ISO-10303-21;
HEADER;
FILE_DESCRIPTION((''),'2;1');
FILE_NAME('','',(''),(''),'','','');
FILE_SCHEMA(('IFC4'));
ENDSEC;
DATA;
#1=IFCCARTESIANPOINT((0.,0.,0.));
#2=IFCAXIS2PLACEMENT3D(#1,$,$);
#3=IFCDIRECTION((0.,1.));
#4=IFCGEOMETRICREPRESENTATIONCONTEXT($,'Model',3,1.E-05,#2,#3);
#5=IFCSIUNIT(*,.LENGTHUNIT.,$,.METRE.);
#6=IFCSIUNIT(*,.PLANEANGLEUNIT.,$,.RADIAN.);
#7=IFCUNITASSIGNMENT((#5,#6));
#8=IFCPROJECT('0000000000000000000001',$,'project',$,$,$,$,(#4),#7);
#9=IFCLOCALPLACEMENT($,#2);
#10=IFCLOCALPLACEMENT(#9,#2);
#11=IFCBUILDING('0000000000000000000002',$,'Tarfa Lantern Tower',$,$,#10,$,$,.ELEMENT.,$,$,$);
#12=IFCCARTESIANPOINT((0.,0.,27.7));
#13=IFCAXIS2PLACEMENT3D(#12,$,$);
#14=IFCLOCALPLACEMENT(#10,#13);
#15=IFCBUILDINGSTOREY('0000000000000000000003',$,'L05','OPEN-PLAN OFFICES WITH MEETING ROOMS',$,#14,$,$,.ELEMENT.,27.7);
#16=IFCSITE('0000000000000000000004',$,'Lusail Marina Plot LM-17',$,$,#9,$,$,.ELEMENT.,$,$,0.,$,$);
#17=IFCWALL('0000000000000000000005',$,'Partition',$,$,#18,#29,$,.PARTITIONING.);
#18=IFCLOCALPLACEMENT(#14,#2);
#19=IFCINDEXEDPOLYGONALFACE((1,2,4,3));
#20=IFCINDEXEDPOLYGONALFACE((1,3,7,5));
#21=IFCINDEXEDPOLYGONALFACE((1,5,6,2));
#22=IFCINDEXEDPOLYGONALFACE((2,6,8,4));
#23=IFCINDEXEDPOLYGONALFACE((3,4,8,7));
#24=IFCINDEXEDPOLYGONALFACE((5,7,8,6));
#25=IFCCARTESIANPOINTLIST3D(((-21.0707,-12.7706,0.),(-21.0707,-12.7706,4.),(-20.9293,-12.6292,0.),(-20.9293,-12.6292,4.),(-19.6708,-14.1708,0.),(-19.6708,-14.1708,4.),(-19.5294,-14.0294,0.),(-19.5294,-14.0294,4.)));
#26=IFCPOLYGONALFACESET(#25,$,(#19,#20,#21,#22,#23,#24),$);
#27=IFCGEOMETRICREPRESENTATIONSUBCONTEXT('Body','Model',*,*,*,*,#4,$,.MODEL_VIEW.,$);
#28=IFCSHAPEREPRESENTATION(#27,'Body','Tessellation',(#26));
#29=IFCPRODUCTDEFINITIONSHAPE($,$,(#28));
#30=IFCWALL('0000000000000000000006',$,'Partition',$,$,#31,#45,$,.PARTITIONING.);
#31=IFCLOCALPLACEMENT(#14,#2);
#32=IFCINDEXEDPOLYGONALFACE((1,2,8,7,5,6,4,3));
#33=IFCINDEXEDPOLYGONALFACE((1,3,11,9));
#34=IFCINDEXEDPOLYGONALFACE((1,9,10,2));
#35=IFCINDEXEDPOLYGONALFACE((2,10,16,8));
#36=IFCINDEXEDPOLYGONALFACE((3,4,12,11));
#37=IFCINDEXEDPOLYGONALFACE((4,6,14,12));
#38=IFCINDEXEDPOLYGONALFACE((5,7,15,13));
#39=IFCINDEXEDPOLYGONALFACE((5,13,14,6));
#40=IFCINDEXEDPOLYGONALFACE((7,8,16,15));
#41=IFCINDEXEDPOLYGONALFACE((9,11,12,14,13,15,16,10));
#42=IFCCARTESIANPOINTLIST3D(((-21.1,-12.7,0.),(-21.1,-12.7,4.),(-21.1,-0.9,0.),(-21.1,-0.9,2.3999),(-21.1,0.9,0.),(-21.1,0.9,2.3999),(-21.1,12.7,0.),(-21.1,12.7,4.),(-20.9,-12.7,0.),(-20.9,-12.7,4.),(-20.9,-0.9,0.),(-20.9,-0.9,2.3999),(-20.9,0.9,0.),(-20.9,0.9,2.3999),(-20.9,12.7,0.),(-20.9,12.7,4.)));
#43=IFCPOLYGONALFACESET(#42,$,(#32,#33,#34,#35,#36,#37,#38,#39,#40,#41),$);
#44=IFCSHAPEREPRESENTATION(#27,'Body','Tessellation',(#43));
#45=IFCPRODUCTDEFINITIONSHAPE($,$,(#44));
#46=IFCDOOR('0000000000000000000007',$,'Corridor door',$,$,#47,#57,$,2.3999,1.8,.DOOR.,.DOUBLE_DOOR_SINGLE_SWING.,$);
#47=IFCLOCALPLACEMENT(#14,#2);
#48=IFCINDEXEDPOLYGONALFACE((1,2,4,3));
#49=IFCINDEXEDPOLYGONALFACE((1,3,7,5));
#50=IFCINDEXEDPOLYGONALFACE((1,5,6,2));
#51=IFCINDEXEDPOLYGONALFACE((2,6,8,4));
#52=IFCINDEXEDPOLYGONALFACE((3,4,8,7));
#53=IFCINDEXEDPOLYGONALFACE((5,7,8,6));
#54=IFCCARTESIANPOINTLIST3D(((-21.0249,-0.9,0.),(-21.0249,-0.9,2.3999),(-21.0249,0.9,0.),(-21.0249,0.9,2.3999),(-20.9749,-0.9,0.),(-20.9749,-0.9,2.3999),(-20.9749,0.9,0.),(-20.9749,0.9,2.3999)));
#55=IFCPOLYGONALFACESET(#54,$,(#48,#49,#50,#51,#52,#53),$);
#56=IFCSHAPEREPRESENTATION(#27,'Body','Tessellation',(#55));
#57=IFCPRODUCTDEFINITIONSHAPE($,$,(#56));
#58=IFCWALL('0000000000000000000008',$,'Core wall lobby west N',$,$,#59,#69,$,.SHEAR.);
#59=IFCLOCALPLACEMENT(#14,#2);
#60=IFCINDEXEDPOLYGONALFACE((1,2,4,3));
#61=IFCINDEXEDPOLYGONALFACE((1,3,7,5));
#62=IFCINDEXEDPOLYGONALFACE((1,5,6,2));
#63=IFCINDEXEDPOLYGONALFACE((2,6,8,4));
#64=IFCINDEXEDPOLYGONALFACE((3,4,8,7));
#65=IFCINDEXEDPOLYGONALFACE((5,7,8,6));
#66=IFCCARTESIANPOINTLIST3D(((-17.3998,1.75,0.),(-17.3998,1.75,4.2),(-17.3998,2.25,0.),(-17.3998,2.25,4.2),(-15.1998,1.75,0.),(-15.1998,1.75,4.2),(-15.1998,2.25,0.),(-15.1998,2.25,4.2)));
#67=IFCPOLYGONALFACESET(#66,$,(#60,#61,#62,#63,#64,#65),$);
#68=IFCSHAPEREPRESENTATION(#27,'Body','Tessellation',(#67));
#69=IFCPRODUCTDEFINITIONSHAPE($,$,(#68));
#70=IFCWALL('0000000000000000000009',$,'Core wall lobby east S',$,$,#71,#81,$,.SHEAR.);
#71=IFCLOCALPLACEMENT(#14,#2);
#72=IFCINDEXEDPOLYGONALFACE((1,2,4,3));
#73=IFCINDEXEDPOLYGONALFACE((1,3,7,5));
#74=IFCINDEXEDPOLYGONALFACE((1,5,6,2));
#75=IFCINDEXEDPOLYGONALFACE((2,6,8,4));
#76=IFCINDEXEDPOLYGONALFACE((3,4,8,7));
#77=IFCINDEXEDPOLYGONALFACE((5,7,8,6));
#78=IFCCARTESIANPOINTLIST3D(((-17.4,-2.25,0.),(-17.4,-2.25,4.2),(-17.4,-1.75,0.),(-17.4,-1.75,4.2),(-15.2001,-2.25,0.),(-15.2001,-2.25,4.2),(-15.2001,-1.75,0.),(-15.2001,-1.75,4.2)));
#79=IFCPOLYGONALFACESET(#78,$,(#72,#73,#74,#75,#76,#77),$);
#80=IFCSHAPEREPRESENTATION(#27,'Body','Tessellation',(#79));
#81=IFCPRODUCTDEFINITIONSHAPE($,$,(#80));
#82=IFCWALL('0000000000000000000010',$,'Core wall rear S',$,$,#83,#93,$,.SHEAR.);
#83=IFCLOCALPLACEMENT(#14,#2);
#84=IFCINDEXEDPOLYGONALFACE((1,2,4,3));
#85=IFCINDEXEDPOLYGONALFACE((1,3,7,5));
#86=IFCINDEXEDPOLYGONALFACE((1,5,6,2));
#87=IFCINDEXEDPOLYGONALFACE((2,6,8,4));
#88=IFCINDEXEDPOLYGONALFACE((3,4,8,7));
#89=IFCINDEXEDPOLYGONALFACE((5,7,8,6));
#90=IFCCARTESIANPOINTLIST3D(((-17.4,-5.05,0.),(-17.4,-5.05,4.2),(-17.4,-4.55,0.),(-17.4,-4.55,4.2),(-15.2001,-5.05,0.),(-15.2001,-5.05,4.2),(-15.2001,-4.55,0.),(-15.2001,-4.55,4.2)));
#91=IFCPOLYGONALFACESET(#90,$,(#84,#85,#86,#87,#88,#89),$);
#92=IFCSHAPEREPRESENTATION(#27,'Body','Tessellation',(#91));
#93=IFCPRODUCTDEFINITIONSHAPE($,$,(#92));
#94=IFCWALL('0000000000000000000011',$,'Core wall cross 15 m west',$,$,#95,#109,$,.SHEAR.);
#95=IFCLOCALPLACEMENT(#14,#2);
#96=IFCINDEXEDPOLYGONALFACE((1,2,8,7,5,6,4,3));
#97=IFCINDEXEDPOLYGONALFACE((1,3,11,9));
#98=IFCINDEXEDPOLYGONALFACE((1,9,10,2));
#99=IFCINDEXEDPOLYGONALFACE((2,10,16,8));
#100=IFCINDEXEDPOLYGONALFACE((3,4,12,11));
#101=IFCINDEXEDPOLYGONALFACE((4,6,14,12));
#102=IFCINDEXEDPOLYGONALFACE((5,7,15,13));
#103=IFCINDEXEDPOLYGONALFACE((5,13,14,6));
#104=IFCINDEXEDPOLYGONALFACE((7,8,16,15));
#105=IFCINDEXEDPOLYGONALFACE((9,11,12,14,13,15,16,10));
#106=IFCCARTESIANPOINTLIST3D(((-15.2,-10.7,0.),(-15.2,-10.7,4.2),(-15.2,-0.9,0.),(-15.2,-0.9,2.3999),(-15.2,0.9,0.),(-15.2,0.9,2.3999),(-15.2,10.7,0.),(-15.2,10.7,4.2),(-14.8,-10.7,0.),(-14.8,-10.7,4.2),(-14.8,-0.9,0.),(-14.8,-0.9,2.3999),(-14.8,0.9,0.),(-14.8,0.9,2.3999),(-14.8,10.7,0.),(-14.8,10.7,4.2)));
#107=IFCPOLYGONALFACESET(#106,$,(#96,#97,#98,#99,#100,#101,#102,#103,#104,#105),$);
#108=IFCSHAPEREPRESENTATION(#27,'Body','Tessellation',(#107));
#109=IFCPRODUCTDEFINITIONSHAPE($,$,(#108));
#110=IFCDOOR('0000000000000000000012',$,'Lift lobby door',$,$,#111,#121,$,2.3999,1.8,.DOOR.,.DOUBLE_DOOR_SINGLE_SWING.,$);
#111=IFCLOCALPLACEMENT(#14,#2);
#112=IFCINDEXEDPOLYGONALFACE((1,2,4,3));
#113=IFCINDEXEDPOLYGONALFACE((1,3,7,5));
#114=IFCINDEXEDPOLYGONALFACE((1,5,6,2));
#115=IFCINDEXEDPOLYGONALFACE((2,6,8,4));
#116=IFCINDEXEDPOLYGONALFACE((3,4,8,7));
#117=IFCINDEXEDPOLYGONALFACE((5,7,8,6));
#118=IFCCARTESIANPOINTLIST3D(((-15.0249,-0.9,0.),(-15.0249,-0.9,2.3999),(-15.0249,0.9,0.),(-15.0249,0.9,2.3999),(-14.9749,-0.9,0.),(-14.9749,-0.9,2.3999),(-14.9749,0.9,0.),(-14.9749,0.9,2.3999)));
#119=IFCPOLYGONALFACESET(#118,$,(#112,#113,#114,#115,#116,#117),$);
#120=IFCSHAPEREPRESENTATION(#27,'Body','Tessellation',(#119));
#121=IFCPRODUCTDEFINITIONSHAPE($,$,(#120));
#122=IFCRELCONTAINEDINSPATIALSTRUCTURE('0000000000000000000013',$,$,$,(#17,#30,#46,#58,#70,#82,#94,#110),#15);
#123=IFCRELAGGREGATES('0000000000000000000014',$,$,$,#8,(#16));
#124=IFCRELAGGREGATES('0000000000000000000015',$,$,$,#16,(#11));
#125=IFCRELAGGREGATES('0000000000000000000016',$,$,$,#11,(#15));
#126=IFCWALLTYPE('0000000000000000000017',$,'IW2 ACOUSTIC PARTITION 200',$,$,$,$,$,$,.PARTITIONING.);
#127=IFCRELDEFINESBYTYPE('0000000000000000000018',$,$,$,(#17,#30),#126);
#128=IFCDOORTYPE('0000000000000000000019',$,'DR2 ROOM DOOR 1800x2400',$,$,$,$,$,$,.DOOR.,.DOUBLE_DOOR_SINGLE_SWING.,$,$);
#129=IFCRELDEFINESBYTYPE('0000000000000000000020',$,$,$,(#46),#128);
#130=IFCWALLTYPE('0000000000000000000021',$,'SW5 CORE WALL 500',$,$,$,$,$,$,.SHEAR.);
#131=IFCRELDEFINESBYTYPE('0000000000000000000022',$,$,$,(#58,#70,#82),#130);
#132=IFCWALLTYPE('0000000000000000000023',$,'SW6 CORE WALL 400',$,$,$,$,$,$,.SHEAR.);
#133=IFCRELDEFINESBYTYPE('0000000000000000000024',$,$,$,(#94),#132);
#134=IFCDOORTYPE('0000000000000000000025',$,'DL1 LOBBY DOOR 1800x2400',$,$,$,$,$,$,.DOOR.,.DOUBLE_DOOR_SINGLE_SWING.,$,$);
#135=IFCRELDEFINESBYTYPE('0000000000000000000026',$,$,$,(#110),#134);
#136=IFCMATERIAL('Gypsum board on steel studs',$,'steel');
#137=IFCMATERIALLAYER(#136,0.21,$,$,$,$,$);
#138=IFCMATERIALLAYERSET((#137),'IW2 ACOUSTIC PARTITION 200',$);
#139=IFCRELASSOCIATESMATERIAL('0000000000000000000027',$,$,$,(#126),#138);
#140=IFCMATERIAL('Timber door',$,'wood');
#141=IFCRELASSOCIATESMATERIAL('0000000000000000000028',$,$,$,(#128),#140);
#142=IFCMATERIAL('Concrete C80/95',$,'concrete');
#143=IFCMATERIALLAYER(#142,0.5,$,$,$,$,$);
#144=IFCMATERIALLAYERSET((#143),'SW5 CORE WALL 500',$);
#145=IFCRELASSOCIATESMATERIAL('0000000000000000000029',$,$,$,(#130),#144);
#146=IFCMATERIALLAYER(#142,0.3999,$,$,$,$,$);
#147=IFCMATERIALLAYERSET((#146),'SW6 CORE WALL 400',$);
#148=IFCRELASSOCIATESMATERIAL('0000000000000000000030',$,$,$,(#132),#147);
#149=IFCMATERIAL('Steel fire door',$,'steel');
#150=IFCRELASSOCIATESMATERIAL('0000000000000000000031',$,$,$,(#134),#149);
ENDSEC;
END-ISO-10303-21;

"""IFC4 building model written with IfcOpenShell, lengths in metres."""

from ifc_helpers import new_model, si_unit, direction, frame, frame_2d, origin, place, context, subcontext, project, spatial, rectangle, extrude, material, layer, layer_set, type_object, element, fill, save


model = new_model("IFC4")

# Units and contexts
model_context = context("Model", 3, precision=1e-05, world=origin(), true_north=direction((0.0, 1.0)))
body_context = subcontext(model_context, "Body", "Model", "MODEL_VIEW")
ifc_project = project(units=[si_unit("LENGTHUNIT", "METRE"), si_unit("PLANEANGLEUNIT", "RADIAN")], contexts=[model_context])

# Site, building, storey
site_placement = place(None, origin())
site = spatial("IfcSite", under=ifc_project, at=site_placement, Name="Lusail Marina Plot LM-17", CompositionType="ELEMENT", RefElevation=0.0)
building_placement = place(site_placement, origin())
building = spatial("IfcBuilding", under=site, at=building_placement, Name="Tarfa Lantern Tower", CompositionType="ELEMENT")
storey_placement = place(building_placement, frame((0.0, 0.0, 27.7)))
storey = spatial("IfcBuildingStorey", under=building, at=storey_placement, Name="L05", Description="OPEN-PLAN OFFICES WITH MEETING ROOMS", CompositionType="ELEMENT", Elevation=27.7)

# Shared definitions
ifc_material_1 = material(Name="Gypsum board on steel studs", Category="steel")
ifc_layer_1 = layer(ifc_material_1, 0.21)
ifc_layer_set_1 = layer_set([ifc_layer_1], Name="IW2 ACOUSTIC PARTITION 200")
wall_type_1 = type_object("IfcWallType", Name="IW2 ACOUSTIC PARTITION 200", PredefinedType="PARTITIONING", material=ifc_layer_set_1)
ifc_material_2 = material(Name="Timber door", Category="wood")

# Wall
wall_1_placement = place(storey_placement, frame((-19.6001, -14.1001, 0.0), z_axis=(0.0, 0.0, 1.0), x_axis=(-0.707045, 0.707168, 0.0)))
element("IfcWall", 1, at=wall_1_placement, inside=storey, type_object=wall_type_1, Name="Partition", PredefinedType="PARTITIONING", context=body_context, shape_type="SweptSolid", body=[
    extrude(rectangle(XDim=1.98, YDim=0.2, at=frame_2d((0.99, 0.0))), origin(), (0.0, 0.0, 1.0), 4.0),
])

# Wall, opening, door
wall_2_placement = place(storey_placement, frame((-21.0, -12.7, 0.0), z_axis=(0.0, 0.0, 1.0), x_axis=(0.0, 1.0, 0.0)))
wall_2 = element("IfcWall", 2, at=wall_2_placement, inside=storey, type_object=wall_type_1, Name="Partition", PredefinedType="PARTITIONING", context=body_context, shape_type="SweptSolid", body=[
    extrude(rectangle(XDim=25.3999, YDim=0.2, at=frame_2d((12.7, 0.0))), origin(), (0.0, 0.0, 1.0), 4.0),
])
opening_1_placement = place(wall_2_placement, frame((11.8, 0.0, 0.0)))
opening_1 = element("IfcOpeningElement", 3, at=opening_1_placement, cuts=wall_2, PredefinedType="OPENING", context=body_context, shape_type="SweptSolid", body=[
    extrude(rectangle(XDim=1.8, YDim=2.3999, at=frame_2d((0.8999, 1.2))), frame((0.0, 0.1099, 0.0), z_axis=(0.0, -1.0, 0.0), x_axis=(1.0, 0.0, 0.0)), (0.0, 0.0, 1.0), 0.22),
])
door_type_1 = type_object("IfcDoorType", Name="DR2 ROOM DOOR 1800x2400", OperationType="DOUBLE_DOOR_SINGLE_SWING", PredefinedType="DOOR", material=ifc_material_2)
door_1_placement = place(opening_1_placement, origin())
door_1 = element("IfcDoor", 4, at=door_1_placement, inside=storey, type_object=door_type_1, Name="Corridor door", OperationType="DOUBLE_DOOR_SINGLE_SWING", OverallHeight=2.3999, OverallWidth=1.8, PredefinedType="DOOR", context=body_context, shape_type="SweptSolid", body=[
    extrude(rectangle(XDim=1.8, YDim=2.3999, at=frame_2d((0.8999, 1.2))), frame((0.0, 0.0249, 0.0), z_axis=(0.0, -1.0, 0.0), x_axis=(1.0, 0.0, 0.0)), (0.0, 0.0, 1.0), 0.05),
])
fill(opening_1, door_1)

# Walls
ifc_material_3 = material(Name="Concrete C80/95", Category="concrete")
ifc_layer_2 = layer(ifc_material_3, 0.5)
ifc_layer_set_2 = layer_set([ifc_layer_2], Name="SW5 CORE WALL 500")
wall_type_2 = type_object("IfcWallType", Name="SW5 CORE WALL 500", PredefinedType="SHEAR", material=ifc_layer_set_2)
for number, where, z_axis, x_axis, name in (
    (5, (-17.3999, 2.0, 0.0), (0.0, 0.0, 1.0), (1.0, 0.0, 0.0), "Core wall lobby west N"),
    (6, (-15.2, -2.0, 0.0), (0.0, 0.0, 1.0), (-1.0, 0.0, 0.0), "Core wall lobby east S"),
    (7, (-15.2, -4.8, 0.0), (0.0, 0.0, 1.0), (-1.0, 0.0, 0.0), "Core wall rear S"),
):
    element("IfcWall", number, at=place(storey_placement, frame(where, z_axis=z_axis, x_axis=x_axis)), inside=storey, type_object=wall_type_2, Name=name, PredefinedType="SHEAR", context=body_context, shape_type="SweptSolid", body=[
        extrude(rectangle(XDim=2.2, YDim=0.5, at=frame_2d((1.1001, 0.0))), origin(), (0.0, 0.0, 1.0), 4.2),
    ])

# Wall, opening, door
ifc_layer_3 = layer(ifc_material_3, 0.3999)
ifc_layer_set_3 = layer_set([ifc_layer_3], Name="SW6 CORE WALL 400")
wall_type_3 = type_object("IfcWallType", Name="SW6 CORE WALL 400", PredefinedType="SHEAR", material=ifc_layer_set_3)
wall_3_placement = place(storey_placement, frame((-15.0, -10.7, 0.0), z_axis=(0.0, 0.0, 1.0), x_axis=(0.0, 1.0, 0.0)))
wall_3 = element("IfcWall", 8, at=wall_3_placement, inside=storey, type_object=wall_type_3, Name="Core wall cross 15 m west", PredefinedType="SHEAR", context=body_context, shape_type="SweptSolid", body=[
    extrude(rectangle(XDim=21.3999, YDim=0.3999, at=frame_2d((10.7, 0.0))), origin(), (0.0, 0.0, 1.0), 4.2),
])
opening_2_placement = place(wall_3_placement, frame((9.8, 0.0, 0.0)))
opening_2 = element("IfcOpeningElement", 9, at=opening_2_placement, cuts=wall_3, PredefinedType="OPENING", context=body_context, shape_type="SweptSolid", body=[
    extrude(rectangle(XDim=1.8, YDim=2.3999, at=frame_2d((0.8999, 1.2))), frame((0.0, 0.21, 0.0), z_axis=(0.0, -1.0, 0.0), x_axis=(1.0, 0.0, 0.0)), (0.0, 0.0, 1.0), 0.4199),
])
ifc_material_4 = material(Name="Steel fire door", Category="steel")
door_type_2 = type_object("IfcDoorType", Name="DL1 LOBBY DOOR 1800x2400", OperationType="DOUBLE_DOOR_SINGLE_SWING", PredefinedType="DOOR", material=ifc_material_4)
door_2_placement = place(opening_2_placement, origin())
door_2 = element("IfcDoor", 10, at=door_2_placement, inside=storey, type_object=door_type_2, Name="Lift lobby door", OperationType="DOUBLE_DOOR_SINGLE_SWING", OverallHeight=2.3999, OverallWidth=1.8, PredefinedType="DOOR", context=body_context, shape_type="SweptSolid", body=[
    extrude(rectangle(XDim=1.8, YDim=2.3999, at=frame_2d((0.8999, 1.2))), frame((0.0, 0.0249, 0.0), z_axis=(0.0, -1.0, 0.0), x_axis=(1.0, 0.0, 0.0)), (0.0, 0.0, 1.0), 0.05),
])
fill(opening_2, door_2)

save(model, "model.ifc")
